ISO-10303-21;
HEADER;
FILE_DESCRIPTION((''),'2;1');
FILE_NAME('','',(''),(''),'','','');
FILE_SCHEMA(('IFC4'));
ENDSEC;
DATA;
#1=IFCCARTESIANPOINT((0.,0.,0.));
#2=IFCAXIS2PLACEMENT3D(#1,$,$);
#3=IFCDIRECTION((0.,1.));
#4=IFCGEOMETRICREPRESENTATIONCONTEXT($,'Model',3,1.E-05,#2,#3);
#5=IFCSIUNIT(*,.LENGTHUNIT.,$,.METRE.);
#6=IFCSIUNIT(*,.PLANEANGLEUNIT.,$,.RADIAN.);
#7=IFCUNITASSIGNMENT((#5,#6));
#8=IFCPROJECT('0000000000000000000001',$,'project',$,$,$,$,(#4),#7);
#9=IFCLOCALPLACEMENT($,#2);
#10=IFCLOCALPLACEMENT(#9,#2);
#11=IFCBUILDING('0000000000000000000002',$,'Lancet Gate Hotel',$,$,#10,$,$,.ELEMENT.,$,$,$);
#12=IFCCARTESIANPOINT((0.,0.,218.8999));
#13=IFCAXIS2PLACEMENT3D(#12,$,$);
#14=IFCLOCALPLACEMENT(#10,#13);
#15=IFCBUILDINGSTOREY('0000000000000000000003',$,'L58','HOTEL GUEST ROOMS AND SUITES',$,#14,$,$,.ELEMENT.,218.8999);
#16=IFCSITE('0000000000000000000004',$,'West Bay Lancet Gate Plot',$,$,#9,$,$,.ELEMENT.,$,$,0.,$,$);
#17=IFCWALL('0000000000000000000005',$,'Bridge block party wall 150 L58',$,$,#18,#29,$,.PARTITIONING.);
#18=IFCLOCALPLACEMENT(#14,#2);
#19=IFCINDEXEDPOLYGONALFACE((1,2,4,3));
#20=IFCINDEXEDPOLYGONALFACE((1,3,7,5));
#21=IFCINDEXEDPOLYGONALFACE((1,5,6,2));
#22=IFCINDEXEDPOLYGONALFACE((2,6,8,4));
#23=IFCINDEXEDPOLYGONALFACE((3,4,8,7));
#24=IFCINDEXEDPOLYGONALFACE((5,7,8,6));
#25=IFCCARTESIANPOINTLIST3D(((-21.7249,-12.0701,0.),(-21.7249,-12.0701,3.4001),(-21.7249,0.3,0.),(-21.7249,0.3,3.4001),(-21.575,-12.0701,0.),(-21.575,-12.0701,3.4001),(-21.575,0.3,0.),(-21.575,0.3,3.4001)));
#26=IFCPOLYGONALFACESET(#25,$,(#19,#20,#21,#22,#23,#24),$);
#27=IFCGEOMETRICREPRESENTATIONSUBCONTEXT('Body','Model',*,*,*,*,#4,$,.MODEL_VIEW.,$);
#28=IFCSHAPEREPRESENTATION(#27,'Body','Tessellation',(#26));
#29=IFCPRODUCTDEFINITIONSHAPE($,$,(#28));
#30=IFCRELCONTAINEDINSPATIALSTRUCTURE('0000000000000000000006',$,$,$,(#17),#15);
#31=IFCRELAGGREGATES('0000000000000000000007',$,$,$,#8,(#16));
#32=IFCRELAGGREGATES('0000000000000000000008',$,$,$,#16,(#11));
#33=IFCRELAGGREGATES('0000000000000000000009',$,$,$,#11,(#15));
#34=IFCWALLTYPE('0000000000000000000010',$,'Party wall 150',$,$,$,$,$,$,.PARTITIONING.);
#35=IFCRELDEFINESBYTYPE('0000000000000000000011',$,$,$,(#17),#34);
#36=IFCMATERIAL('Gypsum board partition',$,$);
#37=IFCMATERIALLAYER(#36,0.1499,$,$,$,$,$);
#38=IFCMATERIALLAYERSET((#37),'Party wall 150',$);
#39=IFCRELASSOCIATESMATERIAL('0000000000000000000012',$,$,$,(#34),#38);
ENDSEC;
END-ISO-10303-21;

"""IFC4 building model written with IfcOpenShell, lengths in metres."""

from ifc_helpers import new_model, si_unit, direction, frame, frame_2d, origin, place, context, subcontext, project, spatial, rectangle, extrude, material, layer, layer_set, type_object, element, save


model = new_model("IFC4")

# Units and contexts
model_context = context("Model", 3, precision=1e-05, world=origin(), true_north=direction((0.0, 1.0)))
body_context = subcontext(model_context, "Body", "Model", "MODEL_VIEW")
ifc_project = project(units=[si_unit("LENGTHUNIT", "METRE"), si_unit("PLANEANGLEUNIT", "RADIAN")], contexts=[model_context])

# Site, building, storey
site_placement = place(None, origin())
site = spatial("IfcSite", under=ifc_project, at=site_placement, Name="West Bay Lancet Gate Plot", CompositionType="ELEMENT", RefElevation=0.0)
building_placement = place(site_placement, origin())
building = spatial("IfcBuilding", under=site, at=building_placement, Name="Lancet Gate Hotel", CompositionType="ELEMENT")
storey_placement = place(building_placement, frame((0.0, 0.0, 218.8999)))
storey = spatial("IfcBuildingStorey", under=building, at=storey_placement, Name="L58", Description="HOTEL GUEST ROOMS AND SUITES", CompositionType="ELEMENT", Elevation=218.8999)

# Wall
ifc_material_1 = material(Name="Gypsum board partition")
ifc_layer_1 = layer(ifc_material_1, 0.1499)
ifc_layer_set_1 = layer_set([ifc_layer_1], Name="Party wall 150")
wall_type_1 = type_object("IfcWallType", Name="Party wall 150", PredefinedType="PARTITIONING", material=ifc_layer_set_1)
wall_1_placement = place(storey_placement, frame((-21.6499, -12.0701, 0.0), z_axis=(0.0, 0.0, 1.0), x_axis=(0.0, 1.0, 0.0)))
element("IfcWall", 1, at=wall_1_placement, inside=storey, type_object=wall_type_1, Name="Bridge block party wall 150 L58", PredefinedType="PARTITIONING", context=body_context, shape_type="SweptSolid", body=[
    extrude(rectangle(XDim=12.3701, YDim=0.1499, at=frame_2d((6.1851, 0.0))), origin(), (0.0, 0.0, 1.0), 3.4001),
])

save(model, "model.ifc")
